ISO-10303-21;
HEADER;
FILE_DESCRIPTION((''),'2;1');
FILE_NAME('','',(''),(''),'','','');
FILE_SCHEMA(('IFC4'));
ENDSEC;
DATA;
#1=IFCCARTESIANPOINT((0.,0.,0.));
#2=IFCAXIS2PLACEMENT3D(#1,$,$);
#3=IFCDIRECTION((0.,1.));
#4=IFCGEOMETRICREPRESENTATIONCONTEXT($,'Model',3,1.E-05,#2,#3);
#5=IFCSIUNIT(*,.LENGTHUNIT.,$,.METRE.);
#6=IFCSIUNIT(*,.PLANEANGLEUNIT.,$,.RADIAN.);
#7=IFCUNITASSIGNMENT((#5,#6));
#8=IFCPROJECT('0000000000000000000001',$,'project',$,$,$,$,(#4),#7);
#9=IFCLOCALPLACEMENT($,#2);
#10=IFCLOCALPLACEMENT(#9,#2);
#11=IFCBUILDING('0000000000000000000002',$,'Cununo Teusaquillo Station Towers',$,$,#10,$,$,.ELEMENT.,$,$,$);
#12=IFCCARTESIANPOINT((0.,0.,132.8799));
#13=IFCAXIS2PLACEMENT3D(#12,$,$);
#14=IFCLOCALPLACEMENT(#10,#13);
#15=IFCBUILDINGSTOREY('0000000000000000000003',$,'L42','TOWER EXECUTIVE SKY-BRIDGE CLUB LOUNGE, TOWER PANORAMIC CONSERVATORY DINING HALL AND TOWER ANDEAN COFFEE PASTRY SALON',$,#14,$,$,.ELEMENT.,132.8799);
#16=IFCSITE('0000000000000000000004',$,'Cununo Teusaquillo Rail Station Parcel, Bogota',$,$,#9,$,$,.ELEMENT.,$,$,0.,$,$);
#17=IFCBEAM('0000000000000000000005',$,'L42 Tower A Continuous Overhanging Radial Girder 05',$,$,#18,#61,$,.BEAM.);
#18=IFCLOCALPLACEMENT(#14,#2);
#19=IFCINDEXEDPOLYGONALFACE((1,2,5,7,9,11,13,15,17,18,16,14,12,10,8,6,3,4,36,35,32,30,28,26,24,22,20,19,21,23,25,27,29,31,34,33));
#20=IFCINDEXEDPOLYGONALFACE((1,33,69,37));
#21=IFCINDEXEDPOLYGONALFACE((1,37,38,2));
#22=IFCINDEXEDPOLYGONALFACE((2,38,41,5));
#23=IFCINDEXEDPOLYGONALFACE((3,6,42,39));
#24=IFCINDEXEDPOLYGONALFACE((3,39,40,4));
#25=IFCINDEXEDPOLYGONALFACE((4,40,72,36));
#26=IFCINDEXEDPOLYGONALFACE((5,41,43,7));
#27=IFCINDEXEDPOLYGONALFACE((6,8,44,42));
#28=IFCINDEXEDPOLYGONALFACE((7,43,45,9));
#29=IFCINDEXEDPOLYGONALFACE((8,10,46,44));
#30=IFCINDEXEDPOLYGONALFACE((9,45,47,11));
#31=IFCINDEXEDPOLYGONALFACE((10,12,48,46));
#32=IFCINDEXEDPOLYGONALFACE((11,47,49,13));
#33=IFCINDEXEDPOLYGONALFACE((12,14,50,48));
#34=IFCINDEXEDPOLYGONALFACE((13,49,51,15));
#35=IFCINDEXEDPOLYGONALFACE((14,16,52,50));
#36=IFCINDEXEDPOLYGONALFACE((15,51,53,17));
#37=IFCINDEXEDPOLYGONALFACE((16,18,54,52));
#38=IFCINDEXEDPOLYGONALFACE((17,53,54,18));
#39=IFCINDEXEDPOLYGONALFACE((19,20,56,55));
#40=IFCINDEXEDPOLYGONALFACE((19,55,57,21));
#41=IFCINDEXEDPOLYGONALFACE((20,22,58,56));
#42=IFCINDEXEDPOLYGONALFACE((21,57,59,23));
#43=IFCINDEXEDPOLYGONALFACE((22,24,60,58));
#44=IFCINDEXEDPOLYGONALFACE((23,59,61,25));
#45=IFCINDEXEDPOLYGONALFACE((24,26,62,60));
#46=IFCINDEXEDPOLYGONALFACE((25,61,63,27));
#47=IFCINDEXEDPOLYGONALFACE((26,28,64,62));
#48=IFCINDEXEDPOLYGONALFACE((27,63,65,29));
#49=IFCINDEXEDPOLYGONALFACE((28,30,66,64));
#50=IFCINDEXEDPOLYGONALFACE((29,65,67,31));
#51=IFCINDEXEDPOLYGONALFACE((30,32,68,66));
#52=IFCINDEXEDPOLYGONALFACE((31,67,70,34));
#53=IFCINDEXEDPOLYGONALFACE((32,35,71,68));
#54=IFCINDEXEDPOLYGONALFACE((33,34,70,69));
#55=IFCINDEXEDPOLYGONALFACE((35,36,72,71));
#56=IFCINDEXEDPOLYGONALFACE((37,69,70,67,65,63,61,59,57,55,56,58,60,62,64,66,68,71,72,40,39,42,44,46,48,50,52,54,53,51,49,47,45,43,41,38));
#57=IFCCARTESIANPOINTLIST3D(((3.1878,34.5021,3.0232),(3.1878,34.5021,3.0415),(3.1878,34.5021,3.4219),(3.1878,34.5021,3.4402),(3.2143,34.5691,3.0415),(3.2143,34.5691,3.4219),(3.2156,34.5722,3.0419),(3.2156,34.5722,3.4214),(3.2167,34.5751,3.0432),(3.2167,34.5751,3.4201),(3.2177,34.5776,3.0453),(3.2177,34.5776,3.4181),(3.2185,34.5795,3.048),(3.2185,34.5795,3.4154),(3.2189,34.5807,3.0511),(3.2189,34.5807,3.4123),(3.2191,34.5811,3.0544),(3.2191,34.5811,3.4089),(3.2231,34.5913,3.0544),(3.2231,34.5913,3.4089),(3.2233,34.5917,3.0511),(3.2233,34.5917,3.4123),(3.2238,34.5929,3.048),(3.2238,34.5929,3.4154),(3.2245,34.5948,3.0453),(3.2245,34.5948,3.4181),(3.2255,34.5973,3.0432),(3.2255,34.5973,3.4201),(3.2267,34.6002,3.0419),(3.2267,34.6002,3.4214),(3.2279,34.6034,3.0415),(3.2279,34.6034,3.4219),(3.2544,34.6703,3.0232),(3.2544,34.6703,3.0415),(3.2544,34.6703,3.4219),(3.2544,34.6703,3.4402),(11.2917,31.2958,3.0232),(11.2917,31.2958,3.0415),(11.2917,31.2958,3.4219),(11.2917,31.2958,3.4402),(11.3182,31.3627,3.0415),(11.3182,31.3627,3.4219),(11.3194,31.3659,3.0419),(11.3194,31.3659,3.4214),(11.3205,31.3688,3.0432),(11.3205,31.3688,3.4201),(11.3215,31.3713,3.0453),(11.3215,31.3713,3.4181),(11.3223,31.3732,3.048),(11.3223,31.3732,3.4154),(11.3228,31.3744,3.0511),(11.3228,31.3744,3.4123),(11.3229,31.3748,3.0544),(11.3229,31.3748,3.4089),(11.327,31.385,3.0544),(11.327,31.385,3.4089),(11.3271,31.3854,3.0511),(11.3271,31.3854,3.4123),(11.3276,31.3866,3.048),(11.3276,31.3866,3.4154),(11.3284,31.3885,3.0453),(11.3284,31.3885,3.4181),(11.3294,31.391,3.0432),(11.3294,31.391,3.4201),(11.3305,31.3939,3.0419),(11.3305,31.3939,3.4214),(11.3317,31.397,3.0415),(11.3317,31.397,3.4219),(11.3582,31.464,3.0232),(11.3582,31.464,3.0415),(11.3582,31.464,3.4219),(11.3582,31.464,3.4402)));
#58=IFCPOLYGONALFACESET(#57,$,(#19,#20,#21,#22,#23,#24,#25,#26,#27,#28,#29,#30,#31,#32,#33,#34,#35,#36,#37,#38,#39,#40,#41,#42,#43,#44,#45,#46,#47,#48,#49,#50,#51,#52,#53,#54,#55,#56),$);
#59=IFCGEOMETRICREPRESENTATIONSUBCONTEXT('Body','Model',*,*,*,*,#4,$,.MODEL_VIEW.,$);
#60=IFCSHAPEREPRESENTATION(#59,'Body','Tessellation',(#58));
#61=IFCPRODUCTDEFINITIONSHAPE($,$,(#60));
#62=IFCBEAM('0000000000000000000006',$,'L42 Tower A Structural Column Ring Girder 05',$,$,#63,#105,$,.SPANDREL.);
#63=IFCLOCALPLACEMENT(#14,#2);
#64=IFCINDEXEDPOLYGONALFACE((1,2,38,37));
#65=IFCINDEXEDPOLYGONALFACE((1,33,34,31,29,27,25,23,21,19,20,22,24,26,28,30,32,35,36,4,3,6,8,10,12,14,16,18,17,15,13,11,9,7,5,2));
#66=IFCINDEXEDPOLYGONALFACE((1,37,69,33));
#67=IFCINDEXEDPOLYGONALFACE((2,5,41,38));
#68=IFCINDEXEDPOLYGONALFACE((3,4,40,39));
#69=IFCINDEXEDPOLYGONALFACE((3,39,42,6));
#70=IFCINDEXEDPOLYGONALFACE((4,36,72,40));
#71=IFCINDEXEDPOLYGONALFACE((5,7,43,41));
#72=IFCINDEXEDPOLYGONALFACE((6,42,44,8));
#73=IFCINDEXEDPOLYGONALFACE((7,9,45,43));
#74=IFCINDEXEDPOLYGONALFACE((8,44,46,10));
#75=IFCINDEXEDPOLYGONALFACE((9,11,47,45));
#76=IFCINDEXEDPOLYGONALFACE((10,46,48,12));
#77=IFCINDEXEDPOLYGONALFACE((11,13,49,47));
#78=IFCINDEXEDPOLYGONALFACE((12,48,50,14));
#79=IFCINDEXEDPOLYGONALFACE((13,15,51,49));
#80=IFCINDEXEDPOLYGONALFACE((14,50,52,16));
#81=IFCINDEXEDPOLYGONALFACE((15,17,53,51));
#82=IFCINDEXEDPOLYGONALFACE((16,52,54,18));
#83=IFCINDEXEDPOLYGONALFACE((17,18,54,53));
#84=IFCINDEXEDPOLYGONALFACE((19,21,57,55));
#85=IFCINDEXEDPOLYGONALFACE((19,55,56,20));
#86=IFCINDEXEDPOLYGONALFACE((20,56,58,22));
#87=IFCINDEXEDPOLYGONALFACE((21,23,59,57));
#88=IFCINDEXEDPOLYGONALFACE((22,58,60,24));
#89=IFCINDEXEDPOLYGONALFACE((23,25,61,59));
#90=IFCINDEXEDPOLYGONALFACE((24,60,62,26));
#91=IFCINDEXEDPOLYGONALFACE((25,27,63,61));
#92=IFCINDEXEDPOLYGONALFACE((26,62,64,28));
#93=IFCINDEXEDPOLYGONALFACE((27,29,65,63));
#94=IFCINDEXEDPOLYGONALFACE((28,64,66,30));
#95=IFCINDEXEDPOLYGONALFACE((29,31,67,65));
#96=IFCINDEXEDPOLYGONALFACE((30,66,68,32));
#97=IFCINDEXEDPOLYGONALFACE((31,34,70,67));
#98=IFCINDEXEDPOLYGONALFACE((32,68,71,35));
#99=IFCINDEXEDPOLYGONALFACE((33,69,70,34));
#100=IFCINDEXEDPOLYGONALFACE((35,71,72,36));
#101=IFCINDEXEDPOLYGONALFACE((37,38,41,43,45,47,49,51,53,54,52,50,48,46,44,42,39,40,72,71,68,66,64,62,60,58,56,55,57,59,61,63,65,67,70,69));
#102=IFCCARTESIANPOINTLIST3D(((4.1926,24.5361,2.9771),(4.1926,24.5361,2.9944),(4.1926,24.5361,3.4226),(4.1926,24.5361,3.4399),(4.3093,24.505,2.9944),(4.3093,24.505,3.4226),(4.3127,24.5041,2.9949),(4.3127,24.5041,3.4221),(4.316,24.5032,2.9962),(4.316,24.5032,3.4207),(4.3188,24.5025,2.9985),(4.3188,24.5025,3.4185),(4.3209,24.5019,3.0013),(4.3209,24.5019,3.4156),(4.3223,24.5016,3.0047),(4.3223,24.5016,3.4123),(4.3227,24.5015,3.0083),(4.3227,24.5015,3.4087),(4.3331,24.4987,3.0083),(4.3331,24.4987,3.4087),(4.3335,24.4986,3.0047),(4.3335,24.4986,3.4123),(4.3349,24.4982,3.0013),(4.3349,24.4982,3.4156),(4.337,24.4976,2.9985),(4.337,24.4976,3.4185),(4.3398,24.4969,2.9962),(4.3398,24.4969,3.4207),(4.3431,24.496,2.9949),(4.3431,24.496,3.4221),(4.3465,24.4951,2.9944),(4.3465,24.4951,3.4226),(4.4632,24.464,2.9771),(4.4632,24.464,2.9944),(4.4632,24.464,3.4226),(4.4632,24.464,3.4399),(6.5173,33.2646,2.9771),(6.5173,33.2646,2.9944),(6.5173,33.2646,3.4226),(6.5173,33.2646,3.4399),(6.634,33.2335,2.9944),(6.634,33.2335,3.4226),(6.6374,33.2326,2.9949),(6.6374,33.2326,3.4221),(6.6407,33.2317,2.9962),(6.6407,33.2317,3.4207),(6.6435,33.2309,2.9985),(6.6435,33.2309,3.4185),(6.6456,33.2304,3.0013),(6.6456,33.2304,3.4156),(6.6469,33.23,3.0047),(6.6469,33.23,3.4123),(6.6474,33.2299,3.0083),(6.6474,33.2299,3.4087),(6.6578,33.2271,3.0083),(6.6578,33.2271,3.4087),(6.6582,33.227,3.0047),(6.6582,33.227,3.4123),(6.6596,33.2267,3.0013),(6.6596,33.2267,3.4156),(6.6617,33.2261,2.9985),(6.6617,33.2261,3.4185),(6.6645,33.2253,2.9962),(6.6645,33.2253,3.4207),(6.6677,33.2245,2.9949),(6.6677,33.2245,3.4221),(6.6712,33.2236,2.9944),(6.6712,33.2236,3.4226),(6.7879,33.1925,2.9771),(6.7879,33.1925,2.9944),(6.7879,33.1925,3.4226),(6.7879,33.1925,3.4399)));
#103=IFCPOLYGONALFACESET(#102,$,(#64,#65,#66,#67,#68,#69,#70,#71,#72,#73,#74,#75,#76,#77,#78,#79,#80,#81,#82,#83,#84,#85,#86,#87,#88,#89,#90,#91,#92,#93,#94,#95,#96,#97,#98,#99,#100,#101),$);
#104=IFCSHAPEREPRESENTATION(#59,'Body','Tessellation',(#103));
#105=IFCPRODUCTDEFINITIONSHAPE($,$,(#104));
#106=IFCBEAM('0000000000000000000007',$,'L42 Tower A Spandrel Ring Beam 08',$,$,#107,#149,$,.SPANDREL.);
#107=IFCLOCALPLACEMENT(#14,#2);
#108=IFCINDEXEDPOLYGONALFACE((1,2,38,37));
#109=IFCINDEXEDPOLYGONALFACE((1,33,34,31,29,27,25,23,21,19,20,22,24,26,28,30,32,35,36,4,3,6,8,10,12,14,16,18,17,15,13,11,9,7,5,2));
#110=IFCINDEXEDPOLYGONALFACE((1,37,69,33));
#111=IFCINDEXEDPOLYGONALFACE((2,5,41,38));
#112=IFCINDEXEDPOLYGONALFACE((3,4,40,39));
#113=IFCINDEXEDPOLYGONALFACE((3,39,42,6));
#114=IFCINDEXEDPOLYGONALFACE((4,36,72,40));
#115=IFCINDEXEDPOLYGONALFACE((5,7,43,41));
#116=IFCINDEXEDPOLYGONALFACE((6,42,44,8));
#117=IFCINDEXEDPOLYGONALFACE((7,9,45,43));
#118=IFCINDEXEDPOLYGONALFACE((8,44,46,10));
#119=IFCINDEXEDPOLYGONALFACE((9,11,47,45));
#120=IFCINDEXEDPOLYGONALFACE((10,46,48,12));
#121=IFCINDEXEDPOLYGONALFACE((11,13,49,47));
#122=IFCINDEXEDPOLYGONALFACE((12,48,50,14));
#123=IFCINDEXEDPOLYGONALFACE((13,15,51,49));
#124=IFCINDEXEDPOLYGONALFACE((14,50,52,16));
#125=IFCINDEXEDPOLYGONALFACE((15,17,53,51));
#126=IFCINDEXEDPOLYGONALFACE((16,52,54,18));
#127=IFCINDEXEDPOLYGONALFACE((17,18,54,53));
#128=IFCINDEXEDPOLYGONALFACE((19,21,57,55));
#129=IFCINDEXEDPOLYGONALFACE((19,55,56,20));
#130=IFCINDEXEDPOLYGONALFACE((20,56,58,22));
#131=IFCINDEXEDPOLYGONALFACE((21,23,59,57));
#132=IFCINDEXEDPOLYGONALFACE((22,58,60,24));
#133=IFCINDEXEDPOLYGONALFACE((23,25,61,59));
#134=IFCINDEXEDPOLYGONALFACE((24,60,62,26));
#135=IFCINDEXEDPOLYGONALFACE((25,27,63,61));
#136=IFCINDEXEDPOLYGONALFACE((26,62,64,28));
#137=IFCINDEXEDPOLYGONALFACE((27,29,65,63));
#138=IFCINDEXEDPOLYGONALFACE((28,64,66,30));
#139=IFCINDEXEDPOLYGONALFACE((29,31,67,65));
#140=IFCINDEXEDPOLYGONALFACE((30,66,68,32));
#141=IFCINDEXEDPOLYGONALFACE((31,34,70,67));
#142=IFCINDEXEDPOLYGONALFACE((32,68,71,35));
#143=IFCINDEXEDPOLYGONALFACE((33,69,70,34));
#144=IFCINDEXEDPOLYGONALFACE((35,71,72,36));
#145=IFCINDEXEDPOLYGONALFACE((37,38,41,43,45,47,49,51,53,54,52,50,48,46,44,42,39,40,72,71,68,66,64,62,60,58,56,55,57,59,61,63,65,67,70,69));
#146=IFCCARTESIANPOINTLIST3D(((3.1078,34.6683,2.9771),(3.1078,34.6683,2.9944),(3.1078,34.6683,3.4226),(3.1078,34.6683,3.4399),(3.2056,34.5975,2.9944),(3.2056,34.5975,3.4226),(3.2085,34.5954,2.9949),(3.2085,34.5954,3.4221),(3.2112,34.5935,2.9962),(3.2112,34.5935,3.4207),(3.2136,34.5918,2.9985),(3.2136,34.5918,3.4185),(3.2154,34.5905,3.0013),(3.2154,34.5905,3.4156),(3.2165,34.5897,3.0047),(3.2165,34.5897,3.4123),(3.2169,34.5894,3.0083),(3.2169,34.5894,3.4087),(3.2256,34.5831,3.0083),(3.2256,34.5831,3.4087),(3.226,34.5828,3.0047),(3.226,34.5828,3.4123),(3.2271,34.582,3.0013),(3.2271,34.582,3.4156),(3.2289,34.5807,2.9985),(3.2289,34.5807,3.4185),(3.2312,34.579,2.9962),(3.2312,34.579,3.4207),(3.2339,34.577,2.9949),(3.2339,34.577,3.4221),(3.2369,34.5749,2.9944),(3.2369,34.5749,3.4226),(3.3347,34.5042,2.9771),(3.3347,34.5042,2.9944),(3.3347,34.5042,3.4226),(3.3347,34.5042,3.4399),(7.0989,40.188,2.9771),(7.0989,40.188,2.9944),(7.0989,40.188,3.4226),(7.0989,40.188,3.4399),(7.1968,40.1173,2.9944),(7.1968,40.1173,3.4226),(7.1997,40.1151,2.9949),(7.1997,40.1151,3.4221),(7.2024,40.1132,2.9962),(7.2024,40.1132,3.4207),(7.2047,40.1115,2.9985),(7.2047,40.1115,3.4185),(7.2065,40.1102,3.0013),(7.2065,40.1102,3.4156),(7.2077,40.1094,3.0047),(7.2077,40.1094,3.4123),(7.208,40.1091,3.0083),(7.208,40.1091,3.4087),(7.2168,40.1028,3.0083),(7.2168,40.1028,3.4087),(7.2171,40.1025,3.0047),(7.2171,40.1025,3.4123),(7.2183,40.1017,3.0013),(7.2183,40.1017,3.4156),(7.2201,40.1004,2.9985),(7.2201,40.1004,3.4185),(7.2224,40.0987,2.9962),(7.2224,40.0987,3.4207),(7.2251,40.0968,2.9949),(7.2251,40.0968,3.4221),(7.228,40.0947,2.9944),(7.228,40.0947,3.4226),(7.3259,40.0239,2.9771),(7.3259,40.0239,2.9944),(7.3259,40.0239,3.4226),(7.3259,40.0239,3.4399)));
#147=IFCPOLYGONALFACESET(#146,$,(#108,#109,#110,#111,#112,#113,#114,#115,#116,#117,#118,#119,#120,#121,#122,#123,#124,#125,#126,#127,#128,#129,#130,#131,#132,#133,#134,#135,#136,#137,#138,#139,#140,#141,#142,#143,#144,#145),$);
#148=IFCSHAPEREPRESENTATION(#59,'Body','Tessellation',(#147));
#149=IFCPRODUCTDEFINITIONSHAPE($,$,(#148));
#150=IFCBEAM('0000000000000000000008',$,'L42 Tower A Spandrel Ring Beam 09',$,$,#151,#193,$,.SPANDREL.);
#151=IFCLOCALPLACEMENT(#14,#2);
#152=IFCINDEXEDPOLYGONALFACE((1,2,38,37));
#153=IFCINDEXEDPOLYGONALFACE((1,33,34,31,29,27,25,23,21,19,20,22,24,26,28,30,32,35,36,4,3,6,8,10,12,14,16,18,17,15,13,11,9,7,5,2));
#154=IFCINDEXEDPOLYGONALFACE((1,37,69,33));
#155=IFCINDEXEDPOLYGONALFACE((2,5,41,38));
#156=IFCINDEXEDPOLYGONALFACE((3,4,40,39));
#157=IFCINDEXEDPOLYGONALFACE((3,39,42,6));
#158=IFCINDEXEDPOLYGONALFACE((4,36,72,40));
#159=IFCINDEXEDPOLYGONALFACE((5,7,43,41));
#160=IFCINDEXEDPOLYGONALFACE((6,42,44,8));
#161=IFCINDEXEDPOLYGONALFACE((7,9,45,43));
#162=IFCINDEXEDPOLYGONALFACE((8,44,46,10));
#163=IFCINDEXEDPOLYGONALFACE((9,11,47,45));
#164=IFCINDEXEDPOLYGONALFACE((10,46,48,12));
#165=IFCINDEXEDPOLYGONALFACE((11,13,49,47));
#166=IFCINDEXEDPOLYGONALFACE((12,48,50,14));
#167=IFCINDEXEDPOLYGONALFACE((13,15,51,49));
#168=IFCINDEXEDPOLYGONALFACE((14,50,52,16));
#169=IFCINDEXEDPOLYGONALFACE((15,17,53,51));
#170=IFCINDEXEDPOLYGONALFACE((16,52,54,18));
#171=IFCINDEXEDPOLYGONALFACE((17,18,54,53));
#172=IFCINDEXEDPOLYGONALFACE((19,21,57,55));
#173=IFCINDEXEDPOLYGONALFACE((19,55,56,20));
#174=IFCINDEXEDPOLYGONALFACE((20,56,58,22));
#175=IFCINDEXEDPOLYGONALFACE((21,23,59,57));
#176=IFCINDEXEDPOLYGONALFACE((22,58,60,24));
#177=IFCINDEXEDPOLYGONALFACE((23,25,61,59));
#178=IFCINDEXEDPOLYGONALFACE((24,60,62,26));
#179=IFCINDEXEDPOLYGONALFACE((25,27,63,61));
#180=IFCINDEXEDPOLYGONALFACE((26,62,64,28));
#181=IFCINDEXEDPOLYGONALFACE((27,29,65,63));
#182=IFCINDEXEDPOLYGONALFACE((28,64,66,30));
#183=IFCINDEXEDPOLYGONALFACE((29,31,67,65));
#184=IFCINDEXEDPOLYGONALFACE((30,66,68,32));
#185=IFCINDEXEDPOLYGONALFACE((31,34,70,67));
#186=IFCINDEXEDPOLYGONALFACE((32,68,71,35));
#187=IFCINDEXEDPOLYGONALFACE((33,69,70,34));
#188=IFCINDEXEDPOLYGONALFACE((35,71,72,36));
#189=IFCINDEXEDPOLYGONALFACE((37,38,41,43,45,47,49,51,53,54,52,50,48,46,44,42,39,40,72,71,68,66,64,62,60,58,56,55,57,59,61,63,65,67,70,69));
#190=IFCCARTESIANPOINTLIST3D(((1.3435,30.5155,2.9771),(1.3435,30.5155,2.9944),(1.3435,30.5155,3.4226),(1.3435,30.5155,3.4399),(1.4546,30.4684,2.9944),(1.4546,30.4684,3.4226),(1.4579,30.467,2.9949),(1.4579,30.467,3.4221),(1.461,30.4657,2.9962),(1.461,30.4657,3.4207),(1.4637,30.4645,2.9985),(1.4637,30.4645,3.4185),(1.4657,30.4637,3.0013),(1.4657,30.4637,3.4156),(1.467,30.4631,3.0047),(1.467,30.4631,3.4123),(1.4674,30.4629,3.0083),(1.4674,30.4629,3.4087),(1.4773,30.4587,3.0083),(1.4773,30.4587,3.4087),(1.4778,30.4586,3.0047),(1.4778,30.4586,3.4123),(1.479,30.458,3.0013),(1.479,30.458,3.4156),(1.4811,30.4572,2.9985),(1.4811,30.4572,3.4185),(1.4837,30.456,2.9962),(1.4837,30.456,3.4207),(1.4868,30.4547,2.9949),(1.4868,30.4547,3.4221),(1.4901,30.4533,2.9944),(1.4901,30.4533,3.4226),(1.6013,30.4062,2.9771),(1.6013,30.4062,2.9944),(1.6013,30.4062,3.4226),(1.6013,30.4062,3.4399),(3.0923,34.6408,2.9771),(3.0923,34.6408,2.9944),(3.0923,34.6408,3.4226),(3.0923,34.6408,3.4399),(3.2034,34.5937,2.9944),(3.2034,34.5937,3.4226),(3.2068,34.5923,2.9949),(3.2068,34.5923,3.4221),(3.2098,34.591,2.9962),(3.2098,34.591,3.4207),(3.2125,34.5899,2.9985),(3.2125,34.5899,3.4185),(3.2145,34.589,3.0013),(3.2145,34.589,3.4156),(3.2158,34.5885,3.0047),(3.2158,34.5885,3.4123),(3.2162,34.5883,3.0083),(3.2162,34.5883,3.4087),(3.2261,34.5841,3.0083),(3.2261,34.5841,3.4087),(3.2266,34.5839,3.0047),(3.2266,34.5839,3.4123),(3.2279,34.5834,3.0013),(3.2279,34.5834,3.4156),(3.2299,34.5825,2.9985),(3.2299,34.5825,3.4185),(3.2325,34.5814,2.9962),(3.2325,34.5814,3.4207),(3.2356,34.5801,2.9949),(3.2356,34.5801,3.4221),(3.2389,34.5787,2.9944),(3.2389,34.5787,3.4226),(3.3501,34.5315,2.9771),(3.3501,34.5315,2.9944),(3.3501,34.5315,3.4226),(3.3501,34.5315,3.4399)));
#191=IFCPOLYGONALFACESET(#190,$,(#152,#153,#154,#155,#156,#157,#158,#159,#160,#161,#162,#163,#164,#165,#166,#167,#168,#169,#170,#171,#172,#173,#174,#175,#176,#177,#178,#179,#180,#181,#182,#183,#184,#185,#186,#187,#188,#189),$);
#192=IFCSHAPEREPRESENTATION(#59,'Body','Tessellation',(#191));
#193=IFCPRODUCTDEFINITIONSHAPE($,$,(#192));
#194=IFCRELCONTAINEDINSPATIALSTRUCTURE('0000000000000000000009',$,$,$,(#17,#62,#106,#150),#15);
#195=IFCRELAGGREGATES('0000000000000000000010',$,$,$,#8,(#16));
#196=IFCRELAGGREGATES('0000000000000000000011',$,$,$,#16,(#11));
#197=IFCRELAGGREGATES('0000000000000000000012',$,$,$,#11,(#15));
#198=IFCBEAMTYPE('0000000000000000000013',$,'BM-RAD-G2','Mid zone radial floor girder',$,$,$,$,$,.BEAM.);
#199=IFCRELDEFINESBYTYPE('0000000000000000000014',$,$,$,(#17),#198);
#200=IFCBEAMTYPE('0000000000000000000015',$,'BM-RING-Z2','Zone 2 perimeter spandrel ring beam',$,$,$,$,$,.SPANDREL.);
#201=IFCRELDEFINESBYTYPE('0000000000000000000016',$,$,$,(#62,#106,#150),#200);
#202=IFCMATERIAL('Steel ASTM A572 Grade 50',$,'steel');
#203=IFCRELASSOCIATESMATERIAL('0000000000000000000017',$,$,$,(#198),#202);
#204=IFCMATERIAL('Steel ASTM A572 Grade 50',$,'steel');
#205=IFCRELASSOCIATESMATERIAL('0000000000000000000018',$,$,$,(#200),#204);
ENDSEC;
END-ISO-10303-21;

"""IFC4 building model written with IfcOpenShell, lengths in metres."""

from ifc_helpers import new_model, si_unit, direction, frame, origin, origin_2d, place, context, subcontext, project, spatial, i_section, extrude, material, material_profile, profile_set, type_object, element, save


model = new_model("IFC4")

# Units and contexts
model_context = context("Model", 3, precision=1e-05, world=origin(), true_north=direction((0.0, 1.0)))
body_context = subcontext(model_context, "Body", "Model", "MODEL_VIEW")
ifc_project = project(units=[si_unit("LENGTHUNIT", "METRE"), si_unit("PLANEANGLEUNIT", "RADIAN")], contexts=[model_context])

# Site, building, storey
site_placement = place(None, origin())
site = spatial("IfcSite", under=ifc_project, at=site_placement, Name="Cununo Teusaquillo Rail Station Parcel, Bogota", CompositionType="ELEMENT", RefElevation=0.0)
building_placement = place(site_placement, origin())
building = spatial("IfcBuilding", under=site, at=building_placement, Name="Cununo Teusaquillo Station Towers", CompositionType="ELEMENT")
storey_placement = place(building_placement, frame((0.0, 0.0, 132.8799)))
storey = spatial("IfcBuildingStorey", under=building, at=storey_placement, Name="L42", Description="TOWER EXECUTIVE SKY-BRIDGE CLUB LOUNGE, TOWER PANORAMIC CONSERVATORY DINING HALL AND TOWER ANDEAN COFFEE PASTRY SALON", CompositionType="ELEMENT", Elevation=132.8799)

# Beams
ifc_material_1 = material(Name="Steel ASTM A572 Grade 50", Category="steel")
ifc_material_profile_1 = material_profile(ifc_material_1, i_section(OverallWidth=0.1809, OverallDepth=0.417, WebThickness=0.011, FlangeThickness=0.0183, FilletRadius=0.0129, at=origin_2d()), Name="W16X57")
ifc_profile_set_1 = profile_set([ifc_material_profile_1], Name="Steel ASTM A572 Grade 50")
beam_type_1 = type_object("IfcBeamType", Name="BM-RAD-G2", Description="Mid zone radial floor girder", PredefinedType="BEAM", material=ifc_profile_set_1)
beam_1_placement = place(storey_placement, frame((11.325, 31.3799, 3.2317), z_axis=(-0.929863, 0.367906, 0.0), x_axis=(-0.367906, -0.929863, 0.0)))
element("IfcBeam", 1, at=beam_1_placement, inside=storey, type_object=beam_type_1, Name="L42 Tower A Continuous Overhanging Radial Girder 05", PredefinedType="BEAM", context=body_context, shape_type="SweptSolid", body=[
    extrude(i_section(OverallWidth=0.1809, OverallDepth=0.417, WebThickness=0.011, FlangeThickness=0.0183, FilletRadius=0.0129, at=origin_2d()), origin(), (0.0, 0.0, 1.0), 8.7151),
])
ifc_material_2 = material(Name="Steel ASTM A572 Grade 50", Category="steel")
ifc_material_profile_2 = material_profile(ifc_material_2, i_section(OverallWidth=0.28, OverallDepth=0.4629, WebThickness=0.0107, FlangeThickness=0.0173, FilletRadius=0.0139, at=origin_2d()), Name="W18X76")
ifc_profile_set_2 = profile_set([ifc_material_profile_2], Name="Steel ASTM A572 Grade 50")
beam_type_2 = type_object("IfcBeamType", Name="BM-RING-Z2", Description="Zone 2 perimeter spandrel ring beam", PredefinedType="SPANDREL", material=ifc_profile_set_2)
beam_2_placement = place(storey_placement, frame((6.6526, 33.2285, 3.2085), z_axis=(-0.257363, -0.966315, 0.0), x_axis=(0.966315, -0.257363, 0.0)))
element("IfcBeam", 2, at=beam_2_placement, inside=storey, type_object=beam_type_2, Name="L42 Tower A Structural Column Ring Girder 05", PredefinedType="SPANDREL", context=body_context, shape_type="SweptSolid", body=[
    extrude(i_section(OverallWidth=0.28, OverallDepth=0.4629, WebThickness=0.0107, FlangeThickness=0.0173, FilletRadius=0.0139, at=origin_2d()), origin(), (0.0, 0.0, 1.0), 9.0327),
])
beam_3_placement = place(storey_placement, frame((7.2124, 40.106, 3.2085), z_axis=(-0.585945, -0.810351, 0.0), x_axis=(0.810351, -0.585945, 0.0)))
element("IfcBeam", 3, at=beam_3_placement, inside=storey, type_object=beam_type_2, Name="L42 Tower A Spandrel Ring Beam 08", PredefinedType="SPANDREL", context=body_context, shape_type="SweptSolid", body=[
    extrude(i_section(OverallWidth=0.28, OverallDepth=0.4629, WebThickness=0.0107, FlangeThickness=0.0173, FilletRadius=0.0139, at=origin_2d()), origin(), (0.0, 0.0, 1.0), 6.8115),
])
beam_4_placement = place(storey_placement, frame((3.2212, 34.5862, 3.2085), z_axis=(-0.390299, -0.920688, 0.0), x_axis=(0.920688, -0.390299, 0.0)))
element("IfcBeam", 4, at=beam_4_placement, inside=storey, type_object=beam_type_2, Name="L42 Tower A Spandrel Ring Beam 09", PredefinedType="SPANDREL", context=body_context, shape_type="SweptSolid", body=[
    extrude(i_section(OverallWidth=0.28, OverallDepth=0.4629, WebThickness=0.0107, FlangeThickness=0.0173, FilletRadius=0.0139, at=origin_2d()), origin(), (0.0, 0.0, 1.0), 4.4807),
])

save(model, "model.ifc")
